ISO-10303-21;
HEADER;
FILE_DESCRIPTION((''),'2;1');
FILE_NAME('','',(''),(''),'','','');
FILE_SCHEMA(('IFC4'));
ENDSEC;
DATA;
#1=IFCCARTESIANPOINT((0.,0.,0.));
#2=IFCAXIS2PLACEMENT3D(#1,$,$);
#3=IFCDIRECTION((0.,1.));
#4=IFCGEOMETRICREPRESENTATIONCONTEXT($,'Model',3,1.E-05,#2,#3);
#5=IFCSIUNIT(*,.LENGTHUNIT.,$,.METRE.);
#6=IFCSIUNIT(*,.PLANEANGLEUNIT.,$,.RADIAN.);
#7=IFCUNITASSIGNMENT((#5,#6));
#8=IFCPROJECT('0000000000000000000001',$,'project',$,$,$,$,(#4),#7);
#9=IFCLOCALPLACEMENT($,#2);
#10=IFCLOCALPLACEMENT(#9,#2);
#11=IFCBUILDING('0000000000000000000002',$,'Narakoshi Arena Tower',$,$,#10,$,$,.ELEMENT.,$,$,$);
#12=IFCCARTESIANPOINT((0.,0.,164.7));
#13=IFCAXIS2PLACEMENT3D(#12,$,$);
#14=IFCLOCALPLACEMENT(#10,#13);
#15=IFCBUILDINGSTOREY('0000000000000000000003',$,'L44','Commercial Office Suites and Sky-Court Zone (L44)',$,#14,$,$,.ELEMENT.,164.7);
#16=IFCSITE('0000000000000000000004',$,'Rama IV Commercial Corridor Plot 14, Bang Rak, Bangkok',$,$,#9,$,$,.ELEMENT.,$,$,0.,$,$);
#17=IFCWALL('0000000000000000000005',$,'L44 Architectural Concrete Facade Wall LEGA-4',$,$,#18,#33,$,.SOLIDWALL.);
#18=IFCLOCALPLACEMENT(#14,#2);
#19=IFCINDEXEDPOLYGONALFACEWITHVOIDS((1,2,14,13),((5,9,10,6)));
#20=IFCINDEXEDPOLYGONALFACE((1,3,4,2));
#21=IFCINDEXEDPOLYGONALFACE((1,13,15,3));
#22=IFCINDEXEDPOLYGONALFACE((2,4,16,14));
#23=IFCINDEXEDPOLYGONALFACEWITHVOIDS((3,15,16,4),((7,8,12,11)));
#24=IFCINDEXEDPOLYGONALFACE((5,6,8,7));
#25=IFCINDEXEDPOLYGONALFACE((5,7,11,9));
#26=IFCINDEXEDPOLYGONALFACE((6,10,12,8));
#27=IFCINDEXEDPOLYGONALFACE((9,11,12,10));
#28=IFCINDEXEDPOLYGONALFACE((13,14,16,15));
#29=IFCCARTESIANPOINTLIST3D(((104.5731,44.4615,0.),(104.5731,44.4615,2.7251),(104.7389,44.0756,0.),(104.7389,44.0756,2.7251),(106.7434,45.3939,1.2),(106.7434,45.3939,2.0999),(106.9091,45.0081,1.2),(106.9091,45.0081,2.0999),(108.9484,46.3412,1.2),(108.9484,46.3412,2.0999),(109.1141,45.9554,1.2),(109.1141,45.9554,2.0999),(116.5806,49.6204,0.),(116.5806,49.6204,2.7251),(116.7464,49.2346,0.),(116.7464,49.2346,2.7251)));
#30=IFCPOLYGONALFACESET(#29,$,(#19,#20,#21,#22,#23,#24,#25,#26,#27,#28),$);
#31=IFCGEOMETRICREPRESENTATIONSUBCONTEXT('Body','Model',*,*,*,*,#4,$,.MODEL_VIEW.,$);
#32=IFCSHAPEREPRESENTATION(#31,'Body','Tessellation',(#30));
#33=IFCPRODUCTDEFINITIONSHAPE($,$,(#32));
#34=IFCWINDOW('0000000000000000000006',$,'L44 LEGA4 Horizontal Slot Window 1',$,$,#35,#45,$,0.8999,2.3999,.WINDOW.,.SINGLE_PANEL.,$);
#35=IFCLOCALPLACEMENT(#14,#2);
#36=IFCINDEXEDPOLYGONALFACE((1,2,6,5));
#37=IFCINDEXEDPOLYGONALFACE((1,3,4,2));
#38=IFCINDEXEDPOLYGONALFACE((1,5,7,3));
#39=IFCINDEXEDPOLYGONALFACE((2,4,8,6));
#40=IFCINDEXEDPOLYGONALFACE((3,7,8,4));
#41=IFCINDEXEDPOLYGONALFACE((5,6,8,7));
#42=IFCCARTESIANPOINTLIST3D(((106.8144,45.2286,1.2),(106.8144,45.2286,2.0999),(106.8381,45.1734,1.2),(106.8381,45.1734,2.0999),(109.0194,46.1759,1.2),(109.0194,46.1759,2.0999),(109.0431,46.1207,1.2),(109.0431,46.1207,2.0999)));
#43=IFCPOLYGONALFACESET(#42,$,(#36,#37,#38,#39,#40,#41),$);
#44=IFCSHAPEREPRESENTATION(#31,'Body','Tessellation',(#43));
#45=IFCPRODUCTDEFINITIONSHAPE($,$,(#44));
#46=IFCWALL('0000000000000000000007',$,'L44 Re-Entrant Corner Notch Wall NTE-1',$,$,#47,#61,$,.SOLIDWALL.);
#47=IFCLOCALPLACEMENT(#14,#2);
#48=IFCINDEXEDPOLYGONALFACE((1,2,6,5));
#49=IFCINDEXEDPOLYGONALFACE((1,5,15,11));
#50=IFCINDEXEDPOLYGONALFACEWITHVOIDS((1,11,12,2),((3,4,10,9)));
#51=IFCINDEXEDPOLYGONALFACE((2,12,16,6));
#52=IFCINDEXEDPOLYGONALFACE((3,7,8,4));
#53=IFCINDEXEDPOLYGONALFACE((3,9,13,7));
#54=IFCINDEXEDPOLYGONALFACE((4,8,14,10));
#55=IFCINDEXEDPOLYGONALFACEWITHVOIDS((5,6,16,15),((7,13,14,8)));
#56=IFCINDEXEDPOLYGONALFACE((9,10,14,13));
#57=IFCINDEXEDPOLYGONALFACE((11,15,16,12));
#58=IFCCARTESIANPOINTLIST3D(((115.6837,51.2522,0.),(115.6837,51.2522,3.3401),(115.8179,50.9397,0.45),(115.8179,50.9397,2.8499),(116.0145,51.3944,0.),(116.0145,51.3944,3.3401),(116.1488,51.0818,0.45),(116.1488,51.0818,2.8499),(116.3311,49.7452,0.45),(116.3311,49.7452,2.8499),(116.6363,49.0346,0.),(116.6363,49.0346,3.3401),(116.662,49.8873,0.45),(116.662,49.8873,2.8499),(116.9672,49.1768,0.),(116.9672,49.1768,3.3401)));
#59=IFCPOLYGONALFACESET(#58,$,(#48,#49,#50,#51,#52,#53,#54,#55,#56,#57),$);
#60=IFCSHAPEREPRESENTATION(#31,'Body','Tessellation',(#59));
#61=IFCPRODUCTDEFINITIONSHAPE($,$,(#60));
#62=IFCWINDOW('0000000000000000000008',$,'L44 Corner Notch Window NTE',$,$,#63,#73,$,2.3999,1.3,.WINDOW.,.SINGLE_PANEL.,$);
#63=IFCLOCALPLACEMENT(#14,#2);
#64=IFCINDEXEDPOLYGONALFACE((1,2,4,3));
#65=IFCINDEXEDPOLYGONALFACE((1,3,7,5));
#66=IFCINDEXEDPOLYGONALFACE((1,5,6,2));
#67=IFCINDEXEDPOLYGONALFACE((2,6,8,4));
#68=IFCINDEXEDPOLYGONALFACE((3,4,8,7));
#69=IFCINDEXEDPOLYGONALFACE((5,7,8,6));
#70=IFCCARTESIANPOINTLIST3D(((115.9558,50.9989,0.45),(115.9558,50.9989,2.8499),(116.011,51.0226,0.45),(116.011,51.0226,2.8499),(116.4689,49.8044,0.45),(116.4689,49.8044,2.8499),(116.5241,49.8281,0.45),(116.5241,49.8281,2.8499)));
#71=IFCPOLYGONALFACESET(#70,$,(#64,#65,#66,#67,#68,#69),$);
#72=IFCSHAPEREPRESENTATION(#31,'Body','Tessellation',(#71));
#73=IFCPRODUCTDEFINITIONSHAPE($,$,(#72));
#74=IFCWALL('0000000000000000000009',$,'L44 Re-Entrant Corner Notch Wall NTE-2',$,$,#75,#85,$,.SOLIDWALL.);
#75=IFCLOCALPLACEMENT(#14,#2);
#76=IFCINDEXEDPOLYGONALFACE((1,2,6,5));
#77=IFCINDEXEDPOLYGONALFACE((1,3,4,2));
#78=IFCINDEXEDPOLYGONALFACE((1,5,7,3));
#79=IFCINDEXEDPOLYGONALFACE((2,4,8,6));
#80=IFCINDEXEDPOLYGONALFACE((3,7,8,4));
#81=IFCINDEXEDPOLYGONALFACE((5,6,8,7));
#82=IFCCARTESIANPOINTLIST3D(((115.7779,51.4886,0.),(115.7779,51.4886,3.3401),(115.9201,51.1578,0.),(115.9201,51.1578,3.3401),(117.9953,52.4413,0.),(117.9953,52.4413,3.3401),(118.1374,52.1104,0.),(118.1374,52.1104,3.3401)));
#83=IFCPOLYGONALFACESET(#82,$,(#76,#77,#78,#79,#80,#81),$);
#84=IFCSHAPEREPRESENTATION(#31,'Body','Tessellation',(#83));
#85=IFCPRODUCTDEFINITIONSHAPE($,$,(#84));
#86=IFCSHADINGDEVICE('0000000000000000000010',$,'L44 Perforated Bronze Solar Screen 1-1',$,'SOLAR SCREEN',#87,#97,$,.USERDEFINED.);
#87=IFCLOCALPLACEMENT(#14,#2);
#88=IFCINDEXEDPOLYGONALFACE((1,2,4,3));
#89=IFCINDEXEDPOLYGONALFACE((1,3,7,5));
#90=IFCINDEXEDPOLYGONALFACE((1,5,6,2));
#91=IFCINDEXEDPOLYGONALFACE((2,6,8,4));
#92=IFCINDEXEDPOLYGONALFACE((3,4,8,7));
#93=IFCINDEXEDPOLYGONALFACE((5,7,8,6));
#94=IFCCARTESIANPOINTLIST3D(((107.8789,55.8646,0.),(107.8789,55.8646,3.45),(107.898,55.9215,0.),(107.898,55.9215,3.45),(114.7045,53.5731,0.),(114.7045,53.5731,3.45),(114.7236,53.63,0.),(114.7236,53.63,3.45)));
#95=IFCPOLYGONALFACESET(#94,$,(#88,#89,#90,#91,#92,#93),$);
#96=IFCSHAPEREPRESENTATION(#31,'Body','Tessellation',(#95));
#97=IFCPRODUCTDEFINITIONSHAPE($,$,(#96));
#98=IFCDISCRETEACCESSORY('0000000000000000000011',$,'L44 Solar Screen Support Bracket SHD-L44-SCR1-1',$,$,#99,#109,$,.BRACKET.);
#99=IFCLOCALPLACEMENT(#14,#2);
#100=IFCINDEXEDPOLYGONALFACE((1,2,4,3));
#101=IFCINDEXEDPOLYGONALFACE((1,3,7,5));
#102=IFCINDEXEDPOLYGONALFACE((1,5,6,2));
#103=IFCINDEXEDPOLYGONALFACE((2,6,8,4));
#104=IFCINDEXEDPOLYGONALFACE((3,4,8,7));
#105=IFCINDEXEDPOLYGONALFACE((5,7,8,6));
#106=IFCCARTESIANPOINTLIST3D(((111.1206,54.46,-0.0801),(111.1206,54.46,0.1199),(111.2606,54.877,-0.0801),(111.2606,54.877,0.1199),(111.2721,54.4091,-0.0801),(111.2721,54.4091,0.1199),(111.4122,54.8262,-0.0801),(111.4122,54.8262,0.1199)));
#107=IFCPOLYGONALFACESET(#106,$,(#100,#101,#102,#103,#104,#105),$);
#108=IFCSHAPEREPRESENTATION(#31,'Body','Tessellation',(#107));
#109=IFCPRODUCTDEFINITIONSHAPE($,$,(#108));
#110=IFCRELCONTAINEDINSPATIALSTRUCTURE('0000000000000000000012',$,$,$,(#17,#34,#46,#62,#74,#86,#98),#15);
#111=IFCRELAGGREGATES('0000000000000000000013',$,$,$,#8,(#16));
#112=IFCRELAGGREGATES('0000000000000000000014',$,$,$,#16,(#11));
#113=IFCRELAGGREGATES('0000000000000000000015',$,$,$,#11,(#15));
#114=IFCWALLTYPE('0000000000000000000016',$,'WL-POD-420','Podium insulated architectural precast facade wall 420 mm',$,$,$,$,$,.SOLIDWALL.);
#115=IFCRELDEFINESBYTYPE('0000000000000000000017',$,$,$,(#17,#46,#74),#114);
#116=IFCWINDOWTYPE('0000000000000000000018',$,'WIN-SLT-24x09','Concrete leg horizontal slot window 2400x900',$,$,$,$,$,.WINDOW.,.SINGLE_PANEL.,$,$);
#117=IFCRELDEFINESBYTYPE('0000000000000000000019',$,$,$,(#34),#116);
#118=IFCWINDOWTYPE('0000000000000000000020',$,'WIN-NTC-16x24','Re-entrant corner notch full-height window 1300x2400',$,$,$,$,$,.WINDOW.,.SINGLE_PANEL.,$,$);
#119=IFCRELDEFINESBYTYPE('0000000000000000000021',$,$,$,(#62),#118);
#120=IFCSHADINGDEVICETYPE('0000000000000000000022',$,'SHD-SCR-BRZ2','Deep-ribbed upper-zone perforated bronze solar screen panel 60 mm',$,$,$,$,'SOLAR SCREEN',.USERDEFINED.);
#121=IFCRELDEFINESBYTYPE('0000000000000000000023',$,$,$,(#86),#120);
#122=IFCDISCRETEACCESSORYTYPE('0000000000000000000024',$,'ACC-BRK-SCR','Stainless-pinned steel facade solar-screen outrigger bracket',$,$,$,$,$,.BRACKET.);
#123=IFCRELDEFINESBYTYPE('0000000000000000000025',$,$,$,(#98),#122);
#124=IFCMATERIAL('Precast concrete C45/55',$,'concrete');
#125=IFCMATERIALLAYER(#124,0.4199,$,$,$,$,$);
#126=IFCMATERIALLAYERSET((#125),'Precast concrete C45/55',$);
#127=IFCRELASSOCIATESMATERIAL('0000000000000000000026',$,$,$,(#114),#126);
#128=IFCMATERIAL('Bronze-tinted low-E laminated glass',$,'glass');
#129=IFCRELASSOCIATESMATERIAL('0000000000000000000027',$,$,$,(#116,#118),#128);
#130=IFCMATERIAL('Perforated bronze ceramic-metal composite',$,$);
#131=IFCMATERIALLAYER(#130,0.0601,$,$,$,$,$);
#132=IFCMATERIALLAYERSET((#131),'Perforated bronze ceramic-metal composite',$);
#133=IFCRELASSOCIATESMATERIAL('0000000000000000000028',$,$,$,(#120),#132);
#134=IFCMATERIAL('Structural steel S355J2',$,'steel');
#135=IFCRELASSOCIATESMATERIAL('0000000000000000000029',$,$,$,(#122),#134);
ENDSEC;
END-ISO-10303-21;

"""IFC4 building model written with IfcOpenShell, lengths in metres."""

from ifc_helpers import new_model, si_unit, direction, frame, frame_2d, origin, origin_2d, place, context, subcontext, project, spatial, rectangle, extrude, material, layer, layer_set, type_object, element, fill, save


model = new_model("IFC4")

# Units and contexts
model_context = context("Model", 3, precision=1e-05, world=origin(), true_north=direction((0.0, 1.0)))
body_context = subcontext(model_context, "Body", "Model", "MODEL_VIEW")
ifc_project = project(units=[si_unit("LENGTHUNIT", "METRE"), si_unit("PLANEANGLEUNIT", "RADIAN")], contexts=[model_context])

# Site, building, storey
site_placement = place(None, origin())
site = spatial("IfcSite", under=ifc_project, at=site_placement, Name="Rama IV Commercial Corridor Plot 14, Bang Rak, Bangkok", CompositionType="ELEMENT", RefElevation=0.0)
building_placement = place(site_placement, origin())
building = spatial("IfcBuilding", under=site, at=building_placement, Name="Narakoshi Arena Tower", CompositionType="ELEMENT")
storey_placement = place(building_placement, frame((0.0, 0.0, 164.7)))
storey = spatial("IfcBuildingStorey", under=building, at=storey_placement, Name="L44", Description="Commercial Office Suites and Sky-Court Zone (L44)", CompositionType="ELEMENT", Elevation=164.7)

# Shared definitions
ifc_material_1 = material(Name="Structural steel S355J2", Category="steel")

# Shared definitions
ifc_material_2 = material(Name="Bronze-tinted low-E laminated glass", Category="glass")

# Shared definitions
ifc_material_3 = material(Name="Precast concrete C45/55", Category="concrete")

# Walls, openings, windows
ifc_layer_1 = layer(ifc_material_3, 0.4199)
ifc_layer_set_1 = layer_set([ifc_layer_1], Name="Precast concrete C45/55")
wall_type_1 = type_object("IfcWallType", Name="WL-POD-420", Description="Podium insulated architectural precast facade wall 420 mm", PredefinedType="SOLIDWALL", material=ifc_layer_set_1)
wall_1_placement = place(storey_placement, frame((104.656, 44.2686, 0.0), z_axis=(0.0, 0.0, 1.0), x_axis=(0.918789, 0.394749, 0.0)))
wall_1 = element("IfcWall", 1, at=wall_1_placement, inside=storey, type_object=wall_type_1, Name="L44 Architectural Concrete Facade Wall LEGA-4", PredefinedType="SOLIDWALL", context=body_context, shape_type="SweptSolid", body=[
    extrude(rectangle(XDim=13.0688, YDim=0.4199, at=frame_2d((6.5344, 0.0))), origin(), (0.0, 0.0, 1.0), 2.7251),
])
opening_1_placement = place(wall_1_placement, frame((2.3621, 0.0, 1.2)))
opening_1 = element("IfcOpeningElement", 2, at=opening_1_placement, cuts=wall_1, PredefinedType="OPENING", context=body_context, shape_type="SweptSolid", body=[
    extrude(rectangle(XDim=2.3999, YDim=0.8999, at=frame_2d((1.2, 0.45))), frame((0.0, 0.22, 0.0), z_axis=(0.0, -1.0, 0.0), x_axis=(1.0, 0.0, 0.0)), (0.0, 0.0, 1.0), 0.4399),
])
window_type_1 = type_object("IfcWindowType", Name="WIN-SLT-24x09", Description="Concrete leg horizontal slot window 2400x900", PartitioningType="SINGLE_PANEL", PredefinedType="WINDOW", material=ifc_material_2)
window_1_placement = place(opening_1_placement, origin())
window_1 = element("IfcWindow", 3, at=window_1_placement, inside=storey, type_object=window_type_1, Name="L44 LEGA4 Horizontal Slot Window 1", OverallHeight=0.8999, OverallWidth=2.3999, PartitioningType="SINGLE_PANEL", PredefinedType="WINDOW", context=body_context, shape_type="SweptSolid", body=[
    extrude(rectangle(XDim=2.3999, YDim=0.8999, at=frame_2d((1.2, 0.45))), frame((0.0, 0.03, 0.0), z_axis=(0.0, -1.0, 0.0), x_axis=(1.0, 0.0, 0.0)), (0.0, 0.0, 1.0), 0.0601),
])
fill(opening_1, window_1)
wall_2_placement = place(storey_placement, frame((116.8018, 49.1057, 0.0), z_axis=(0.0, 0.0, 1.0), x_axis=(-0.394713, 0.918805, 0.0)))
wall_2 = element("IfcWall", 4, at=wall_2_placement, inside=storey, type_object=wall_type_1, Name="L44 Re-Entrant Corner Notch Wall NTE-1", PredefinedType="SOLIDWALL", context=body_context, shape_type="SweptSolid", body=[
    extrude(rectangle(XDim=2.4136, YDim=0.3601, at=frame_2d((1.2068, 0.0))), origin(), (0.0, 0.0, 1.0), 3.3401),
])
opening_2_placement = place(wall_2_placement, frame((0.7734, 0.0, 0.45)))
opening_2 = element("IfcOpeningElement", 5, at=opening_2_placement, cuts=wall_2, PredefinedType="OPENING", context=body_context, shape_type="SweptSolid", body=[
    extrude(rectangle(XDim=1.3, YDim=2.3999, at=frame_2d((0.6499, 1.2))), frame((0.0, 0.1899, 0.0), z_axis=(0.0, -1.0, 0.0), x_axis=(1.0, 0.0, 0.0)), (0.0, 0.0, 1.0), 0.3801),
])
window_type_2 = type_object("IfcWindowType", Name="WIN-NTC-16x24", Description="Re-entrant corner notch full-height window 1300x2400", PartitioningType="SINGLE_PANEL", PredefinedType="WINDOW", material=ifc_material_2)
window_2_placement = place(opening_2_placement, origin())
window_2 = element("IfcWindow", 6, at=window_2_placement, inside=storey, type_object=window_type_2, Name="L44 Corner Notch Window NTE", OverallHeight=2.3999, OverallWidth=1.3, PartitioningType="SINGLE_PANEL", PredefinedType="WINDOW", context=body_context, shape_type="SweptSolid", body=[
    extrude(rectangle(XDim=1.3, YDim=2.3999, at=frame_2d((0.6499, 1.2))), frame((0.0, 0.03, 0.0), z_axis=(0.0, -1.0, 0.0), x_axis=(1.0, 0.0, 0.0)), (0.0, 0.0, 1.0), 0.0601),
])
fill(opening_2, window_2)

# Wall
wall_3_placement = place(storey_placement, frame((115.8491, 51.3232, 0.0), z_axis=(0.0, 0.0, 1.0), x_axis=(0.918789, 0.394749, 0.0)))
element("IfcWall", 7, at=wall_3_placement, inside=storey, type_object=wall_type_1, Name="L44 Re-Entrant Corner Notch Wall NTE-2", PredefinedType="SOLIDWALL", context=body_context, shape_type="SweptSolid", body=[
    extrude(rectangle(XDim=2.4133, YDim=0.3601, at=frame_2d((1.2065, 0.0))), origin(), (0.0, 0.0, 1.0), 3.3401),
])

# Shading device
ifc_material_4 = material(Name="Perforated bronze ceramic-metal composite")
ifc_layer_2 = layer(ifc_material_4, 0.0601)
ifc_layer_set_2 = layer_set([ifc_layer_2], Name="Perforated bronze ceramic-metal composite")
shading_device_type = type_object("IfcShadingDeviceType", Name="SHD-SCR-BRZ2", Description="Deep-ribbed upper-zone perforated bronze solar screen panel 60 mm", ElementType="SOLAR SCREEN", PredefinedType="USERDEFINED", material=ifc_layer_set_2)
shading_device_placement = place(storey_placement, frame((111.3013, 54.7473, 0.0), z_axis=(0.0, 0.0, 1.0), x_axis=(-0.948002, 0.318264, 0.0)))
element("IfcShadingDevice", 8, at=shading_device_placement, inside=storey, type_object=shading_device_type, Name="L44 Perforated Bronze Solar Screen 1-1", ObjectType="SOLAR SCREEN", PredefinedType="USERDEFINED", context=body_context, shape_type="SweptSolid", body=[
    extrude(rectangle(XDim=7.2, YDim=0.0601, at=origin_2d()), origin(), (0.0, 0.0, 1.0), 3.45),
])

# Discrete accessory
discrete_accessory_type = type_object("IfcDiscreteAccessoryType", Name="ACC-BRK-SCR", Description="Stainless-pinned steel facade solar-screen outrigger bracket", PredefinedType="BRACKET", material=ifc_material_1)
discrete_accessory_placement = place(storey_placement, frame((111.2664, 54.6431, -0.0801), z_axis=(0.0, 0.0, 1.0), x_axis=(-0.948002, 0.318264, 0.0)))
element("IfcDiscreteAccessory", 9, at=discrete_accessory_placement, inside=storey, type_object=discrete_accessory_type, Name="L44 Solar Screen Support Bracket SHD-L44-SCR1-1", PredefinedType="BRACKET", context=body_context, shape_type="SweptSolid", body=[
    extrude(rectangle(XDim=0.1599, YDim=0.4399, at=origin_2d()), origin(), (0.0, 0.0, 1.0), 0.2),
])

save(model, "model.ifc")
